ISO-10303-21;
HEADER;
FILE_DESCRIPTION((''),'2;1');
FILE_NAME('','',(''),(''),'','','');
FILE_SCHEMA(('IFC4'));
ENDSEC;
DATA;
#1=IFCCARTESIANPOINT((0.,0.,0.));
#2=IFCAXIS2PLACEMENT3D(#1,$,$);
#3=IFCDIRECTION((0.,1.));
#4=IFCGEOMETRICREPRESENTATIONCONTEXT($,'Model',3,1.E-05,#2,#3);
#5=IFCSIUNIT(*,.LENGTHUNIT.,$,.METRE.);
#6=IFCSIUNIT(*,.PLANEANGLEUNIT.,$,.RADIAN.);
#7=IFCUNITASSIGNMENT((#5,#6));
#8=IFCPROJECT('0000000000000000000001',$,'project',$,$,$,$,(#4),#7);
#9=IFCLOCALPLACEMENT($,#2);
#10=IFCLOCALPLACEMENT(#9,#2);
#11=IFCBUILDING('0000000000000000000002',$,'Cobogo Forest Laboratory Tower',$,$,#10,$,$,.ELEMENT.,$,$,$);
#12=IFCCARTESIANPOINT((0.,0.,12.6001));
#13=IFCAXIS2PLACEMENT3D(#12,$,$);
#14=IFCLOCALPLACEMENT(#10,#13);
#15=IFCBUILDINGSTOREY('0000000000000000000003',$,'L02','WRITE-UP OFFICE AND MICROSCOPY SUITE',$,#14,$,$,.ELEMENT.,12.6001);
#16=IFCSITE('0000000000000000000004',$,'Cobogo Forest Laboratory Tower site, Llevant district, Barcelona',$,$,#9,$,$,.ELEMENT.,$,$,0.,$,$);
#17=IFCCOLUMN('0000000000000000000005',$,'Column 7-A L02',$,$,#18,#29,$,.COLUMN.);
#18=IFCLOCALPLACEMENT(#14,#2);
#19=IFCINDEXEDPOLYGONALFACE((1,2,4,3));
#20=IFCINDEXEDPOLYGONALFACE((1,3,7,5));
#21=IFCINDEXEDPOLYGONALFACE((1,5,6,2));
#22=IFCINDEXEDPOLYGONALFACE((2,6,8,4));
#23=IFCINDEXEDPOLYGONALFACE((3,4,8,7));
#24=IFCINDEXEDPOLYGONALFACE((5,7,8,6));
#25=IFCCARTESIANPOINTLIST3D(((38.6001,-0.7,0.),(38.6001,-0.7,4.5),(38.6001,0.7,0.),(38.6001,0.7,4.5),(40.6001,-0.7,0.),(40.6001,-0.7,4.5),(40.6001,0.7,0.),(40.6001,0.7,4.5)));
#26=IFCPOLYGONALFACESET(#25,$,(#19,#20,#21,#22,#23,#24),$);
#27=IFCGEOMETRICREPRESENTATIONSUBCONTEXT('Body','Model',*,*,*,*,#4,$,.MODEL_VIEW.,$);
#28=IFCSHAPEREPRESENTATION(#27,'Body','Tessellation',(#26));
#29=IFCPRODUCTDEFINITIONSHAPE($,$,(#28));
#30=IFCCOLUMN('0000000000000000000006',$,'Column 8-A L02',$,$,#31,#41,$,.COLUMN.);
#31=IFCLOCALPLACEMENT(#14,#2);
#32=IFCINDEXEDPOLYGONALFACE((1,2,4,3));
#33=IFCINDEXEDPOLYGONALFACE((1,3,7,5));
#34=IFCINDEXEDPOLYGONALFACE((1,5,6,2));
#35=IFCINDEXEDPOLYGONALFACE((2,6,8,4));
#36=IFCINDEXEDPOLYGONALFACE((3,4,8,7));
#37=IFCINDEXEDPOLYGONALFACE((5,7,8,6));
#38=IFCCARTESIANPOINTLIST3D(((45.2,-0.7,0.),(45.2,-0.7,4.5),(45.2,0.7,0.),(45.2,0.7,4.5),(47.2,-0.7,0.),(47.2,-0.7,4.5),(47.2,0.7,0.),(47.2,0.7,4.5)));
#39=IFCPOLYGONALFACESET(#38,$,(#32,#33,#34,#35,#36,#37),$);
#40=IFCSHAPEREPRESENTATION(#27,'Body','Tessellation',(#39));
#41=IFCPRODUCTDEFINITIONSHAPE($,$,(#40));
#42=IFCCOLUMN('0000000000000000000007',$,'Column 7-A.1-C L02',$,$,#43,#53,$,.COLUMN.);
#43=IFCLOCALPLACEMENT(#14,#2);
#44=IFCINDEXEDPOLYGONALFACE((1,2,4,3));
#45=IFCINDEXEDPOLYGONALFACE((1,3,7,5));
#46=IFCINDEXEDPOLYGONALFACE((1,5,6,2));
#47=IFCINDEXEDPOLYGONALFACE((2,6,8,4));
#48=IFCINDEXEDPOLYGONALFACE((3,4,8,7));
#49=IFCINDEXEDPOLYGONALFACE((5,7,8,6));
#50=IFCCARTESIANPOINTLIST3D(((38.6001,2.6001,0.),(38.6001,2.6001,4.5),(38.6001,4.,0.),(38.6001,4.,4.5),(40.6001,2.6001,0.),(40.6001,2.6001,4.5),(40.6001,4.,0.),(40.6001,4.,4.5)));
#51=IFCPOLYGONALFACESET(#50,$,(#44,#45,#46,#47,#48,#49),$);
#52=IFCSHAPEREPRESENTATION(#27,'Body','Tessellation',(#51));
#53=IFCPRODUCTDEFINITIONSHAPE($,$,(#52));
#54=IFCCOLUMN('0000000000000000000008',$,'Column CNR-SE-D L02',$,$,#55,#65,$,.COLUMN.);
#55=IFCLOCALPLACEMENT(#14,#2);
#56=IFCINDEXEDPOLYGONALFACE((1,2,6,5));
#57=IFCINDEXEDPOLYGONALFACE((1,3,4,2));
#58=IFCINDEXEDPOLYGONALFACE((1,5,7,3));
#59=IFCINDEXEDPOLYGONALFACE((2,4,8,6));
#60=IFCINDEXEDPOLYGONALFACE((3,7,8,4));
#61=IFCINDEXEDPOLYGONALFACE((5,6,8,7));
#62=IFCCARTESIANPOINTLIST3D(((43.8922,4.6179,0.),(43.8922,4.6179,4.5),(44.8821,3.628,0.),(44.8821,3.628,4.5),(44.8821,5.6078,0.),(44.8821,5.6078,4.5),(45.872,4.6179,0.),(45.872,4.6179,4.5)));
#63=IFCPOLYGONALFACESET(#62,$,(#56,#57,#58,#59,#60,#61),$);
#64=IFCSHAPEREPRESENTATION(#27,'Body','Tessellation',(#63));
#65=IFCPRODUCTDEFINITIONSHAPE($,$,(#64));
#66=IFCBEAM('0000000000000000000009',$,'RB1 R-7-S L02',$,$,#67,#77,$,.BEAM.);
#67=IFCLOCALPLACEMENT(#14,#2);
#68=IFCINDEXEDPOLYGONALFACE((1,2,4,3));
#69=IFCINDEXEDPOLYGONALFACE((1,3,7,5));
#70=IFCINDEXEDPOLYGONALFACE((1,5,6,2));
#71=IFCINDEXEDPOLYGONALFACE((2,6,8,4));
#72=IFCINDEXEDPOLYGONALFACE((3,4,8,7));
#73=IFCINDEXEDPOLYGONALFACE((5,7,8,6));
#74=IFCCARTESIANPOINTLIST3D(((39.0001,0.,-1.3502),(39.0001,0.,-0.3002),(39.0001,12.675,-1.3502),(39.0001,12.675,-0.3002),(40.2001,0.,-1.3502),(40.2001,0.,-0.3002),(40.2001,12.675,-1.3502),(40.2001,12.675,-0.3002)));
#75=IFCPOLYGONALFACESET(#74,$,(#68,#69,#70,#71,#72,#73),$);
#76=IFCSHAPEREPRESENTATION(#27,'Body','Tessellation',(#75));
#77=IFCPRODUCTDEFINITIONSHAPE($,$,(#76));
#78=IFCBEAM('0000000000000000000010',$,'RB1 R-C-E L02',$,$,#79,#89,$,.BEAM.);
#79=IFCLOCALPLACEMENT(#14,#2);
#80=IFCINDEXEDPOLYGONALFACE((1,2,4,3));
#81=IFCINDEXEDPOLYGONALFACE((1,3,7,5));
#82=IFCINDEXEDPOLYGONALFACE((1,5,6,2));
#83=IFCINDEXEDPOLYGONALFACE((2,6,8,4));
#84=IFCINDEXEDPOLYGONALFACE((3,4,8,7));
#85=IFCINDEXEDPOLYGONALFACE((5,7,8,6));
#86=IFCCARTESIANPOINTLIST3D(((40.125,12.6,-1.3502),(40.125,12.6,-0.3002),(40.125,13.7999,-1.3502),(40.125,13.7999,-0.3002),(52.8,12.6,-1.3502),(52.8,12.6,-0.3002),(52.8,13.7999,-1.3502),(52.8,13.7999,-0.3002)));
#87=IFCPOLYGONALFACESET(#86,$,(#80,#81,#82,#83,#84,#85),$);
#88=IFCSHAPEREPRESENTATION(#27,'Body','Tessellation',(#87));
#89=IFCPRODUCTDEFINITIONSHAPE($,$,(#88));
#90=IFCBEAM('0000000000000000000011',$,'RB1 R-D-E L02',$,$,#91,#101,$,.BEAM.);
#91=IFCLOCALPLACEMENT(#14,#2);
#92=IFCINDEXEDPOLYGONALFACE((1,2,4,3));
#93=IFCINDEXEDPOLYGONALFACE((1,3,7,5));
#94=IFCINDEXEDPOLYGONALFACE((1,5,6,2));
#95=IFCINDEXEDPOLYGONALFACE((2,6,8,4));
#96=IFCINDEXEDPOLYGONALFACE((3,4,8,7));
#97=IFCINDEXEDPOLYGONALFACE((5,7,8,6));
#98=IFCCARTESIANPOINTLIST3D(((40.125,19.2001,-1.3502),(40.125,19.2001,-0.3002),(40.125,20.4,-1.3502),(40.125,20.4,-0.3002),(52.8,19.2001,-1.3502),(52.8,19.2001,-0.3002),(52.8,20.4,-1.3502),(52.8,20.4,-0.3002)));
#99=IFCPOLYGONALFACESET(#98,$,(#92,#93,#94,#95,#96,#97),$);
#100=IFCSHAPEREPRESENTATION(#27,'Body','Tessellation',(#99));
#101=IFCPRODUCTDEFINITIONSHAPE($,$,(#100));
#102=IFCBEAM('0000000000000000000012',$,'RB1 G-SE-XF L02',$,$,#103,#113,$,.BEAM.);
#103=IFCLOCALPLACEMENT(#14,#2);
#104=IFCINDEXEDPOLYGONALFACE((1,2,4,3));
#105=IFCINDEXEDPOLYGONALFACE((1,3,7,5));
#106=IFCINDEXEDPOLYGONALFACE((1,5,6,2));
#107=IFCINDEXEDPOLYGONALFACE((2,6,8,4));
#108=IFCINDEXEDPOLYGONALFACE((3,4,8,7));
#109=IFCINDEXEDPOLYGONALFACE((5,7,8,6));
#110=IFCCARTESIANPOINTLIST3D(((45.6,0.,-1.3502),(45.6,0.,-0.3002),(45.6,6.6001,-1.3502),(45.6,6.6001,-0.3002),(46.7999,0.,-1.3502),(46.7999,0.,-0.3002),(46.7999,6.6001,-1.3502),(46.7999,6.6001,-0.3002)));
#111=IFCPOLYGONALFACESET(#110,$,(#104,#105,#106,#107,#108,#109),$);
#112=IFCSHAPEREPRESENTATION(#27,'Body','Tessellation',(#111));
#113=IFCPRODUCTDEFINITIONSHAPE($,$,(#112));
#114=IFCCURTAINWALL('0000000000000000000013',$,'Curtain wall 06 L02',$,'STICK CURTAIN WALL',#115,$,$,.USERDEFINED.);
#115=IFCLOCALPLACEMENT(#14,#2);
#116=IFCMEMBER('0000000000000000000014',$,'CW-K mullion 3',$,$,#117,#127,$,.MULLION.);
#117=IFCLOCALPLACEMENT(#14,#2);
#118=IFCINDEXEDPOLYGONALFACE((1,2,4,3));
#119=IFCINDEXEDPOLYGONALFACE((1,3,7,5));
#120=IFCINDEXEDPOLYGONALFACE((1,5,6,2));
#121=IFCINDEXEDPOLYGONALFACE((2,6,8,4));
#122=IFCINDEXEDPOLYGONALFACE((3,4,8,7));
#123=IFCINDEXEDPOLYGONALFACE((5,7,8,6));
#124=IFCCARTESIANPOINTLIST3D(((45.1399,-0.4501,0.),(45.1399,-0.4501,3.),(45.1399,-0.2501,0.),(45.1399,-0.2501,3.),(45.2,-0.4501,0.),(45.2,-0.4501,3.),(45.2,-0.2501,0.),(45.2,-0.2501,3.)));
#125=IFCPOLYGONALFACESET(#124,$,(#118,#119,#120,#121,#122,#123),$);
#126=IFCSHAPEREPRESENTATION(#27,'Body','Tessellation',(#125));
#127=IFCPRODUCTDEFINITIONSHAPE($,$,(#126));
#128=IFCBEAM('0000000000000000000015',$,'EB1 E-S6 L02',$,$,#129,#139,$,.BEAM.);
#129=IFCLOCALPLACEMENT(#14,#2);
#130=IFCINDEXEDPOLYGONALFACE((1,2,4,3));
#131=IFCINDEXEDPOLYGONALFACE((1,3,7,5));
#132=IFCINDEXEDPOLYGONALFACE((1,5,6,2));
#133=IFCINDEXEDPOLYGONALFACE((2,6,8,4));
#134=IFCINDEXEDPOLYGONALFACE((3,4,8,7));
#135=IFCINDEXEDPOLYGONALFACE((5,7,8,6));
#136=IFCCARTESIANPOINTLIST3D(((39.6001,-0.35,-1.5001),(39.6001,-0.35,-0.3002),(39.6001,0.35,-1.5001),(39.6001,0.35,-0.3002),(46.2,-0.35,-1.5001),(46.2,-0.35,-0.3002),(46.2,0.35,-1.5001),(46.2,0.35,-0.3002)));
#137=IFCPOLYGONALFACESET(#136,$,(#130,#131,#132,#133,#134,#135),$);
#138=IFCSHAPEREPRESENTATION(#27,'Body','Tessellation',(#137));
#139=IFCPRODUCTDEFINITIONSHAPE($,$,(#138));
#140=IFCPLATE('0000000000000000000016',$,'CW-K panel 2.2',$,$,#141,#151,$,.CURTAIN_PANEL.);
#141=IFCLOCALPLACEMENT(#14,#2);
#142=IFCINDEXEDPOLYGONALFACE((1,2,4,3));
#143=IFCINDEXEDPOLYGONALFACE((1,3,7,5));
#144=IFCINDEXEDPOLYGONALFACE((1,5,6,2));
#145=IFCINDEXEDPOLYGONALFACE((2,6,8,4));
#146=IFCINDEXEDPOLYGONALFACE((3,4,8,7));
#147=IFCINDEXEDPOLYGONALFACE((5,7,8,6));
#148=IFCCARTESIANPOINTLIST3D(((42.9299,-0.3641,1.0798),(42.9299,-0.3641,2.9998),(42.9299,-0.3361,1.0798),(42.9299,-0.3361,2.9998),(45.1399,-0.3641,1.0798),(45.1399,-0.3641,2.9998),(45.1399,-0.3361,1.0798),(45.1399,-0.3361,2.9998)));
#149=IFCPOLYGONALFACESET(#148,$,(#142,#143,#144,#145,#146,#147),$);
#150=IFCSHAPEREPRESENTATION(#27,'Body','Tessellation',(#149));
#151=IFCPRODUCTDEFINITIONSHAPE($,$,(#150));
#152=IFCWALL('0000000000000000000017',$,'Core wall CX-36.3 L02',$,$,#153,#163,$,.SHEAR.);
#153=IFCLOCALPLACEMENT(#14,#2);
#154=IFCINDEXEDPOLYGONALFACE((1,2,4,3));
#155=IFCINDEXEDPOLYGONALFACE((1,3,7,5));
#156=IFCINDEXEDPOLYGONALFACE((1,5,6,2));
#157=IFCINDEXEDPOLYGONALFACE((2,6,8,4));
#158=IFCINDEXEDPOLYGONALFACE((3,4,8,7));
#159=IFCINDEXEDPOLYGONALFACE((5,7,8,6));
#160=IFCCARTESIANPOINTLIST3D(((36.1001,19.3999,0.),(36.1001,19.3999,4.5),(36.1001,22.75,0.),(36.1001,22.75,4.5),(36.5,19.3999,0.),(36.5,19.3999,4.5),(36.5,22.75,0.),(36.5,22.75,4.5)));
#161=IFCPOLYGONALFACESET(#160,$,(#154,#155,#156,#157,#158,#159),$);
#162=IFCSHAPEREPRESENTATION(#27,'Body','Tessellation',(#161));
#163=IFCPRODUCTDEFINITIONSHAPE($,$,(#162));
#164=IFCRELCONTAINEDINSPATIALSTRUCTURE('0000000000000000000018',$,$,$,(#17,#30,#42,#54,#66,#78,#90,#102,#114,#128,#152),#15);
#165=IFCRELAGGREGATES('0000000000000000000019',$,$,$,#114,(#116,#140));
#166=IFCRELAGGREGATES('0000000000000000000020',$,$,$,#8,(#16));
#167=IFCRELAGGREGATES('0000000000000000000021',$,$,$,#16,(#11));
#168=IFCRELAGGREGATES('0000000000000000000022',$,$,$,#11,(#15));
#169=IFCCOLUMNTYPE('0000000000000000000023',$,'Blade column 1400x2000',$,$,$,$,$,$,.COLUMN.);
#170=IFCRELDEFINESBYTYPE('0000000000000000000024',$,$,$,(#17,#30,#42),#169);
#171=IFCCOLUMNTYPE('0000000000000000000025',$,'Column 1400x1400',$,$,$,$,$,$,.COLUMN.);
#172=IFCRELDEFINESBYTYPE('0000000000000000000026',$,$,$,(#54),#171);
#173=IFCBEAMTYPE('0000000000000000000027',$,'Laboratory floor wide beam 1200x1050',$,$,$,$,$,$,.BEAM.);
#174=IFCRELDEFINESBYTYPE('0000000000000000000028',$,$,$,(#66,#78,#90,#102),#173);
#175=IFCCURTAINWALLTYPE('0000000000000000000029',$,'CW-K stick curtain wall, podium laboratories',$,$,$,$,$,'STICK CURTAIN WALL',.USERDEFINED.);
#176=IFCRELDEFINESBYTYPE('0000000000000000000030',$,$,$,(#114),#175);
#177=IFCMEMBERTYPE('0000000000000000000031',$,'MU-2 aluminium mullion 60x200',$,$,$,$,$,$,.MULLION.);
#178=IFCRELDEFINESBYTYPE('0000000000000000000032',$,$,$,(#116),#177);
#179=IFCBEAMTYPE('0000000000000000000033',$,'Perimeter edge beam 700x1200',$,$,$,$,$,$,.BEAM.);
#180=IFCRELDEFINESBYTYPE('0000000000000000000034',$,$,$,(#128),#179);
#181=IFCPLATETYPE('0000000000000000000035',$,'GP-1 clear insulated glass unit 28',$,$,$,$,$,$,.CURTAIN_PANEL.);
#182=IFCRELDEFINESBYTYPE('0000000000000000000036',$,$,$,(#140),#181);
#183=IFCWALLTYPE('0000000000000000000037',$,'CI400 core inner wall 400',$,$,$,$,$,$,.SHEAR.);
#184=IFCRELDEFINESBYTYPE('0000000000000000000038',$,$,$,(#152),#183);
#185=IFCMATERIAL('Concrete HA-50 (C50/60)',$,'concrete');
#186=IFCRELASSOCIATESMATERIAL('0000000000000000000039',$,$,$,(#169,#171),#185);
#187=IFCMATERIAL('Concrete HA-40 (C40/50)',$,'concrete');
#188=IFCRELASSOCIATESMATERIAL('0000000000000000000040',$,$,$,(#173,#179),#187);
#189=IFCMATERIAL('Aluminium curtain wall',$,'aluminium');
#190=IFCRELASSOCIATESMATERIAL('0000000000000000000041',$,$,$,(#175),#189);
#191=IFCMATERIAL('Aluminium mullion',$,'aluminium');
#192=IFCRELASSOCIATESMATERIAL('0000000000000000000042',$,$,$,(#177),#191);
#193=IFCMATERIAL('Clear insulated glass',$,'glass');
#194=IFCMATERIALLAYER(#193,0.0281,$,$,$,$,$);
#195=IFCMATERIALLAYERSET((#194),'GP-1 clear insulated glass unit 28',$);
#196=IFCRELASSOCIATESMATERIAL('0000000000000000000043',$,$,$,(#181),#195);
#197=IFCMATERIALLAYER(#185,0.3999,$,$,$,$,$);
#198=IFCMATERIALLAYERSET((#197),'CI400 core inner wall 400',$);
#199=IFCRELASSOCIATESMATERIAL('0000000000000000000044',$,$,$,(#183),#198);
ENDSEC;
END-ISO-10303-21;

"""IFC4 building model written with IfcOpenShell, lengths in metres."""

from ifc_helpers import new_model, si_unit, direction, frame, frame_2d, origin, origin_2d, place, context, subcontext, project, spatial, rectangle, extrude, material, layer, layer_set, material_profile, profile_set, type_object, element, aggregate, save


model = new_model("IFC4")

# Units and contexts
model_context = context("Model", 3, precision=1e-05, world=origin(), true_north=direction((0.0, 1.0)))
body_context = subcontext(model_context, "Body", "Model", "MODEL_VIEW")
ifc_project = project(units=[si_unit("LENGTHUNIT", "METRE"), si_unit("PLANEANGLEUNIT", "RADIAN")], contexts=[model_context])

# Site, building, storey
site_placement = place(None, origin())
site = spatial("IfcSite", under=ifc_project, at=site_placement, Name="Cobogo Forest Laboratory Tower site, Llevant district, Barcelona", CompositionType="ELEMENT", RefElevation=0.0)
building_placement = place(site_placement, origin())
building = spatial("IfcBuilding", under=site, at=building_placement, Name="Cobogo Forest Laboratory Tower", CompositionType="ELEMENT")
storey_placement = place(building_placement, frame((0.0, 0.0, 12.6001)))
storey = spatial("IfcBuildingStorey", under=building, at=storey_placement, Name="L02", Description="WRITE-UP OFFICE AND MICROSCOPY SUITE", CompositionType="ELEMENT", Elevation=12.6001)

# Columns
ifc_material_1 = material(Name="Concrete HA-50 (C50/60)", Category="concrete")
ifc_material_profile_1 = material_profile(ifc_material_1, rectangle(XDim=2.0, YDim=1.3999, at=origin_2d()), Name="RC 1400x2000")
ifc_profile_set_1 = profile_set([ifc_material_profile_1], Name="Concrete HA-50 (C50/60)")
column_type_1 = type_object("IfcColumnType", Name="Blade column 1400x2000", PredefinedType="COLUMN", material=ifc_profile_set_1)
for number, where, z_axis, x_axis, name in (
    (1, (39.6001, 0.0, 0.0), (0.0, 0.0, 1.0), (1.0, 0.0, 0.0), "Column 7-A L02"),
    (2, (46.2, 0.0, 0.0), (0.0, 0.0, 1.0), (1.0, 0.0, 0.0), "Column 8-A L02"),
    (3, (39.6001, 3.3, 0.0), (0.0, 0.0, 1.0), (1.0, 0.0, 0.0), "Column 7-A.1-C L02"),
):
    element("IfcColumn", number, at=place(storey_placement, frame(where, z_axis=z_axis, x_axis=x_axis)), inside=storey, type_object=column_type_1, Name=name, PredefinedType="COLUMN", context=body_context, shape_type="SweptSolid", body=[
        extrude(rectangle(XDim=2.0, YDim=1.3999, at=origin_2d()), origin(), (0.0, 0.0, 1.0), 4.5),
    ])
ifc_material_profile_2 = material_profile(ifc_material_1, rectangle(XDim=1.3999, YDim=1.3999, at=origin_2d()), Name="RC 1400x1400")
ifc_profile_set_2 = profile_set([ifc_material_profile_2], Name="Concrete HA-50 (C50/60)")
column_type_2 = type_object("IfcColumnType", Name="Column 1400x1400", PredefinedType="COLUMN", material=ifc_profile_set_2)
column_placement = place(storey_placement, frame((44.8821, 4.6179, 0.0), z_axis=(0.0, 0.0, 1.0), x_axis=(0.707107, 0.707107, 0.0)))
element("IfcColumn", 4, at=column_placement, inside=storey, type_object=column_type_2, Name="Column CNR-SE-D L02", PredefinedType="COLUMN", context=body_context, shape_type="SweptSolid", body=[
    extrude(rectangle(XDim=1.3999, YDim=1.3999, at=origin_2d()), origin(), (0.0, 0.0, 1.0), 4.5),
])

# Beams
ifc_material_2 = material(Name="Concrete HA-40 (C40/50)", Category="concrete")
ifc_material_profile_3 = material_profile(ifc_material_2, rectangle(XDim=1.2, YDim=1.05, at=origin_2d()), Name="RC 1200x1050")
ifc_profile_set_3 = profile_set([ifc_material_profile_3], Name="Concrete HA-40 (C40/50)")
beam_type_1 = type_object("IfcBeamType", Name="Laboratory floor wide beam 1200x1050", PredefinedType="BEAM", material=ifc_profile_set_3)
for number, where, z_axis, x_axis, name in (
    (5, (39.6001, 12.675, -0.8252), (0.0, -1.0, 0.0), (1.0, 0.0, 0.0), "RB1 R-7-S L02"),
    (6, (40.125, 13.2, -0.8252), (1.0, 0.0, 0.0), (0.0, 1.0, 0.0), "RB1 R-C-E L02"),
    (7, (40.125, 19.8, -0.8252), (1.0, 0.0, 0.0), (0.0, 1.0, 0.0), "RB1 R-D-E L02"),
):
    element("IfcBeam", number, at=place(storey_placement, frame(where, z_axis=z_axis, x_axis=x_axis)), inside=storey, type_object=beam_type_1, Name=name, PredefinedType="BEAM", context=body_context, shape_type="SweptSolid", body=[
        extrude(rectangle(XDim=1.2, YDim=1.05, at=origin_2d()), origin(), (0.0, 0.0, 1.0), 12.675),
    ])
beam_1_placement = place(storey_placement, frame((46.2, 0.0, -0.8252), z_axis=(0.0, 1.0, 0.0), x_axis=(-1.0, 0.0, 0.0)))
element("IfcBeam", 8, at=beam_1_placement, inside=storey, type_object=beam_type_1, Name="RB1 G-SE-XF L02", PredefinedType="BEAM", context=body_context, shape_type="SweptSolid", body=[
    extrude(rectangle(XDim=1.2, YDim=1.05, at=origin_2d()), origin(), (0.0, 0.0, 1.0), 6.6001),
])

# Curtain wall, member
ifc_material_3 = material(Name="Aluminium curtain wall", Category="aluminium")
curtain_wall_type = type_object("IfcCurtainWallType", Name="CW-K stick curtain wall, podium laboratories", ElementType="STICK CURTAIN WALL", PredefinedType="USERDEFINED", material=ifc_material_3)
curtain_wall_placement = place(storey_placement, origin())
curtain_wall = element("IfcCurtainWall", 9, at=curtain_wall_placement, inside=storey, type_object=curtain_wall_type, Name="Curtain wall 06 L02", ObjectType="STICK CURTAIN WALL", PredefinedType="USERDEFINED")
ifc_material_4 = material(Name="Aluminium mullion", Category="aluminium")
ifc_material_profile_4 = material_profile(ifc_material_4, rectangle(XDim=0.0601, YDim=0.2, at=origin_2d()), Name="AL 60x200")
ifc_profile_set_4 = profile_set([ifc_material_profile_4], Name="Aluminium mullion")
member_type = type_object("IfcMemberType", Name="MU-2 aluminium mullion 60x200", PredefinedType="MULLION", material=ifc_profile_set_4)
member_placement = place(storey_placement, frame((45.1699, -0.3501, 0.0), z_axis=(0.0, 0.0, 1.0), x_axis=(1.0, 0.0, 0.0)))
member = element("IfcMember", 10, at=member_placement, type_object=member_type, Name="CW-K mullion 3", PredefinedType="MULLION", context=body_context, shape_type="SweptSolid", body=[
    extrude(rectangle(XDim=0.0601, YDim=0.2, at=origin_2d()), origin(), (0.0, 0.0, 1.0), 3.0),
])

# Beam
ifc_material_profile_5 = material_profile(ifc_material_2, rectangle(XDim=0.7, YDim=1.2, at=origin_2d()), Name="RC 700x1200")
ifc_profile_set_5 = profile_set([ifc_material_profile_5], Name="Concrete HA-40 (C40/50)")
beam_type_2 = type_object("IfcBeamType", Name="Perimeter edge beam 700x1200", PredefinedType="BEAM", material=ifc_profile_set_5)
beam_2_placement = place(storey_placement, frame((39.6001, 0.0, -0.9001), z_axis=(1.0, 0.0, 0.0), x_axis=(0.0, 1.0, 0.0)))
element("IfcBeam", 11, at=beam_2_placement, inside=storey, type_object=beam_type_2, Name="EB1 E-S6 L02", PredefinedType="BEAM", context=body_context, shape_type="SweptSolid", body=[
    extrude(rectangle(XDim=0.7, YDim=1.2, at=origin_2d()), origin(), (0.0, 0.0, 1.0), 6.5999),
])

# Plate
ifc_material_5 = material(Name="Clear insulated glass", Category="glass")
ifc_layer_1 = layer(ifc_material_5, 0.0281)
ifc_layer_set_1 = layer_set([ifc_layer_1], Name="GP-1 clear insulated glass unit 28")
plate_type = type_object("IfcPlateType", Name="GP-1 clear insulated glass unit 28", PredefinedType="CURTAIN_PANEL", material=ifc_layer_set_1)
plate_placement = place(storey_placement, frame((44.0349, -0.3501, 1.0798), z_axis=(0.0, 0.0, 1.0), x_axis=(1.0, 0.0, 0.0)))
plate = element("IfcPlate", 12, at=plate_placement, type_object=plate_type, Name="CW-K panel 2.2", PredefinedType="CURTAIN_PANEL", context=body_context, shape_type="SweptSolid", body=[
    extrude(rectangle(XDim=2.21, YDim=0.0281, at=origin_2d()), origin(), (0.0, 0.0, 1.0), 1.9199),
])
aggregate(curtain_wall, [member, plate])

# Wall
ifc_layer_2 = layer(ifc_material_1, 0.3999)
ifc_layer_set_2 = layer_set([ifc_layer_2], Name="CI400 core inner wall 400")
wall_type_1 = type_object("IfcWallType", Name="CI400 core inner wall 400", PredefinedType="SHEAR", material=ifc_layer_set_2)
wall_1_placement = place(storey_placement, frame((36.3, 19.3999, 0.0), z_axis=(0.0, 0.0, 1.0), x_axis=(0.0, 1.0, 0.0)))
element("IfcWall", 13, at=wall_1_placement, inside=storey, type_object=wall_type_1, Name="Core wall CX-36.3 L02", PredefinedType="SHEAR", context=body_context, shape_type="SweptSolid", body=[
    extrude(rectangle(XDim=3.3501, YDim=0.3999, at=frame_2d((1.675, 0.0))), origin(), (0.0, 0.0, 1.0), 4.5),
])

save(model, "model.ifc")
